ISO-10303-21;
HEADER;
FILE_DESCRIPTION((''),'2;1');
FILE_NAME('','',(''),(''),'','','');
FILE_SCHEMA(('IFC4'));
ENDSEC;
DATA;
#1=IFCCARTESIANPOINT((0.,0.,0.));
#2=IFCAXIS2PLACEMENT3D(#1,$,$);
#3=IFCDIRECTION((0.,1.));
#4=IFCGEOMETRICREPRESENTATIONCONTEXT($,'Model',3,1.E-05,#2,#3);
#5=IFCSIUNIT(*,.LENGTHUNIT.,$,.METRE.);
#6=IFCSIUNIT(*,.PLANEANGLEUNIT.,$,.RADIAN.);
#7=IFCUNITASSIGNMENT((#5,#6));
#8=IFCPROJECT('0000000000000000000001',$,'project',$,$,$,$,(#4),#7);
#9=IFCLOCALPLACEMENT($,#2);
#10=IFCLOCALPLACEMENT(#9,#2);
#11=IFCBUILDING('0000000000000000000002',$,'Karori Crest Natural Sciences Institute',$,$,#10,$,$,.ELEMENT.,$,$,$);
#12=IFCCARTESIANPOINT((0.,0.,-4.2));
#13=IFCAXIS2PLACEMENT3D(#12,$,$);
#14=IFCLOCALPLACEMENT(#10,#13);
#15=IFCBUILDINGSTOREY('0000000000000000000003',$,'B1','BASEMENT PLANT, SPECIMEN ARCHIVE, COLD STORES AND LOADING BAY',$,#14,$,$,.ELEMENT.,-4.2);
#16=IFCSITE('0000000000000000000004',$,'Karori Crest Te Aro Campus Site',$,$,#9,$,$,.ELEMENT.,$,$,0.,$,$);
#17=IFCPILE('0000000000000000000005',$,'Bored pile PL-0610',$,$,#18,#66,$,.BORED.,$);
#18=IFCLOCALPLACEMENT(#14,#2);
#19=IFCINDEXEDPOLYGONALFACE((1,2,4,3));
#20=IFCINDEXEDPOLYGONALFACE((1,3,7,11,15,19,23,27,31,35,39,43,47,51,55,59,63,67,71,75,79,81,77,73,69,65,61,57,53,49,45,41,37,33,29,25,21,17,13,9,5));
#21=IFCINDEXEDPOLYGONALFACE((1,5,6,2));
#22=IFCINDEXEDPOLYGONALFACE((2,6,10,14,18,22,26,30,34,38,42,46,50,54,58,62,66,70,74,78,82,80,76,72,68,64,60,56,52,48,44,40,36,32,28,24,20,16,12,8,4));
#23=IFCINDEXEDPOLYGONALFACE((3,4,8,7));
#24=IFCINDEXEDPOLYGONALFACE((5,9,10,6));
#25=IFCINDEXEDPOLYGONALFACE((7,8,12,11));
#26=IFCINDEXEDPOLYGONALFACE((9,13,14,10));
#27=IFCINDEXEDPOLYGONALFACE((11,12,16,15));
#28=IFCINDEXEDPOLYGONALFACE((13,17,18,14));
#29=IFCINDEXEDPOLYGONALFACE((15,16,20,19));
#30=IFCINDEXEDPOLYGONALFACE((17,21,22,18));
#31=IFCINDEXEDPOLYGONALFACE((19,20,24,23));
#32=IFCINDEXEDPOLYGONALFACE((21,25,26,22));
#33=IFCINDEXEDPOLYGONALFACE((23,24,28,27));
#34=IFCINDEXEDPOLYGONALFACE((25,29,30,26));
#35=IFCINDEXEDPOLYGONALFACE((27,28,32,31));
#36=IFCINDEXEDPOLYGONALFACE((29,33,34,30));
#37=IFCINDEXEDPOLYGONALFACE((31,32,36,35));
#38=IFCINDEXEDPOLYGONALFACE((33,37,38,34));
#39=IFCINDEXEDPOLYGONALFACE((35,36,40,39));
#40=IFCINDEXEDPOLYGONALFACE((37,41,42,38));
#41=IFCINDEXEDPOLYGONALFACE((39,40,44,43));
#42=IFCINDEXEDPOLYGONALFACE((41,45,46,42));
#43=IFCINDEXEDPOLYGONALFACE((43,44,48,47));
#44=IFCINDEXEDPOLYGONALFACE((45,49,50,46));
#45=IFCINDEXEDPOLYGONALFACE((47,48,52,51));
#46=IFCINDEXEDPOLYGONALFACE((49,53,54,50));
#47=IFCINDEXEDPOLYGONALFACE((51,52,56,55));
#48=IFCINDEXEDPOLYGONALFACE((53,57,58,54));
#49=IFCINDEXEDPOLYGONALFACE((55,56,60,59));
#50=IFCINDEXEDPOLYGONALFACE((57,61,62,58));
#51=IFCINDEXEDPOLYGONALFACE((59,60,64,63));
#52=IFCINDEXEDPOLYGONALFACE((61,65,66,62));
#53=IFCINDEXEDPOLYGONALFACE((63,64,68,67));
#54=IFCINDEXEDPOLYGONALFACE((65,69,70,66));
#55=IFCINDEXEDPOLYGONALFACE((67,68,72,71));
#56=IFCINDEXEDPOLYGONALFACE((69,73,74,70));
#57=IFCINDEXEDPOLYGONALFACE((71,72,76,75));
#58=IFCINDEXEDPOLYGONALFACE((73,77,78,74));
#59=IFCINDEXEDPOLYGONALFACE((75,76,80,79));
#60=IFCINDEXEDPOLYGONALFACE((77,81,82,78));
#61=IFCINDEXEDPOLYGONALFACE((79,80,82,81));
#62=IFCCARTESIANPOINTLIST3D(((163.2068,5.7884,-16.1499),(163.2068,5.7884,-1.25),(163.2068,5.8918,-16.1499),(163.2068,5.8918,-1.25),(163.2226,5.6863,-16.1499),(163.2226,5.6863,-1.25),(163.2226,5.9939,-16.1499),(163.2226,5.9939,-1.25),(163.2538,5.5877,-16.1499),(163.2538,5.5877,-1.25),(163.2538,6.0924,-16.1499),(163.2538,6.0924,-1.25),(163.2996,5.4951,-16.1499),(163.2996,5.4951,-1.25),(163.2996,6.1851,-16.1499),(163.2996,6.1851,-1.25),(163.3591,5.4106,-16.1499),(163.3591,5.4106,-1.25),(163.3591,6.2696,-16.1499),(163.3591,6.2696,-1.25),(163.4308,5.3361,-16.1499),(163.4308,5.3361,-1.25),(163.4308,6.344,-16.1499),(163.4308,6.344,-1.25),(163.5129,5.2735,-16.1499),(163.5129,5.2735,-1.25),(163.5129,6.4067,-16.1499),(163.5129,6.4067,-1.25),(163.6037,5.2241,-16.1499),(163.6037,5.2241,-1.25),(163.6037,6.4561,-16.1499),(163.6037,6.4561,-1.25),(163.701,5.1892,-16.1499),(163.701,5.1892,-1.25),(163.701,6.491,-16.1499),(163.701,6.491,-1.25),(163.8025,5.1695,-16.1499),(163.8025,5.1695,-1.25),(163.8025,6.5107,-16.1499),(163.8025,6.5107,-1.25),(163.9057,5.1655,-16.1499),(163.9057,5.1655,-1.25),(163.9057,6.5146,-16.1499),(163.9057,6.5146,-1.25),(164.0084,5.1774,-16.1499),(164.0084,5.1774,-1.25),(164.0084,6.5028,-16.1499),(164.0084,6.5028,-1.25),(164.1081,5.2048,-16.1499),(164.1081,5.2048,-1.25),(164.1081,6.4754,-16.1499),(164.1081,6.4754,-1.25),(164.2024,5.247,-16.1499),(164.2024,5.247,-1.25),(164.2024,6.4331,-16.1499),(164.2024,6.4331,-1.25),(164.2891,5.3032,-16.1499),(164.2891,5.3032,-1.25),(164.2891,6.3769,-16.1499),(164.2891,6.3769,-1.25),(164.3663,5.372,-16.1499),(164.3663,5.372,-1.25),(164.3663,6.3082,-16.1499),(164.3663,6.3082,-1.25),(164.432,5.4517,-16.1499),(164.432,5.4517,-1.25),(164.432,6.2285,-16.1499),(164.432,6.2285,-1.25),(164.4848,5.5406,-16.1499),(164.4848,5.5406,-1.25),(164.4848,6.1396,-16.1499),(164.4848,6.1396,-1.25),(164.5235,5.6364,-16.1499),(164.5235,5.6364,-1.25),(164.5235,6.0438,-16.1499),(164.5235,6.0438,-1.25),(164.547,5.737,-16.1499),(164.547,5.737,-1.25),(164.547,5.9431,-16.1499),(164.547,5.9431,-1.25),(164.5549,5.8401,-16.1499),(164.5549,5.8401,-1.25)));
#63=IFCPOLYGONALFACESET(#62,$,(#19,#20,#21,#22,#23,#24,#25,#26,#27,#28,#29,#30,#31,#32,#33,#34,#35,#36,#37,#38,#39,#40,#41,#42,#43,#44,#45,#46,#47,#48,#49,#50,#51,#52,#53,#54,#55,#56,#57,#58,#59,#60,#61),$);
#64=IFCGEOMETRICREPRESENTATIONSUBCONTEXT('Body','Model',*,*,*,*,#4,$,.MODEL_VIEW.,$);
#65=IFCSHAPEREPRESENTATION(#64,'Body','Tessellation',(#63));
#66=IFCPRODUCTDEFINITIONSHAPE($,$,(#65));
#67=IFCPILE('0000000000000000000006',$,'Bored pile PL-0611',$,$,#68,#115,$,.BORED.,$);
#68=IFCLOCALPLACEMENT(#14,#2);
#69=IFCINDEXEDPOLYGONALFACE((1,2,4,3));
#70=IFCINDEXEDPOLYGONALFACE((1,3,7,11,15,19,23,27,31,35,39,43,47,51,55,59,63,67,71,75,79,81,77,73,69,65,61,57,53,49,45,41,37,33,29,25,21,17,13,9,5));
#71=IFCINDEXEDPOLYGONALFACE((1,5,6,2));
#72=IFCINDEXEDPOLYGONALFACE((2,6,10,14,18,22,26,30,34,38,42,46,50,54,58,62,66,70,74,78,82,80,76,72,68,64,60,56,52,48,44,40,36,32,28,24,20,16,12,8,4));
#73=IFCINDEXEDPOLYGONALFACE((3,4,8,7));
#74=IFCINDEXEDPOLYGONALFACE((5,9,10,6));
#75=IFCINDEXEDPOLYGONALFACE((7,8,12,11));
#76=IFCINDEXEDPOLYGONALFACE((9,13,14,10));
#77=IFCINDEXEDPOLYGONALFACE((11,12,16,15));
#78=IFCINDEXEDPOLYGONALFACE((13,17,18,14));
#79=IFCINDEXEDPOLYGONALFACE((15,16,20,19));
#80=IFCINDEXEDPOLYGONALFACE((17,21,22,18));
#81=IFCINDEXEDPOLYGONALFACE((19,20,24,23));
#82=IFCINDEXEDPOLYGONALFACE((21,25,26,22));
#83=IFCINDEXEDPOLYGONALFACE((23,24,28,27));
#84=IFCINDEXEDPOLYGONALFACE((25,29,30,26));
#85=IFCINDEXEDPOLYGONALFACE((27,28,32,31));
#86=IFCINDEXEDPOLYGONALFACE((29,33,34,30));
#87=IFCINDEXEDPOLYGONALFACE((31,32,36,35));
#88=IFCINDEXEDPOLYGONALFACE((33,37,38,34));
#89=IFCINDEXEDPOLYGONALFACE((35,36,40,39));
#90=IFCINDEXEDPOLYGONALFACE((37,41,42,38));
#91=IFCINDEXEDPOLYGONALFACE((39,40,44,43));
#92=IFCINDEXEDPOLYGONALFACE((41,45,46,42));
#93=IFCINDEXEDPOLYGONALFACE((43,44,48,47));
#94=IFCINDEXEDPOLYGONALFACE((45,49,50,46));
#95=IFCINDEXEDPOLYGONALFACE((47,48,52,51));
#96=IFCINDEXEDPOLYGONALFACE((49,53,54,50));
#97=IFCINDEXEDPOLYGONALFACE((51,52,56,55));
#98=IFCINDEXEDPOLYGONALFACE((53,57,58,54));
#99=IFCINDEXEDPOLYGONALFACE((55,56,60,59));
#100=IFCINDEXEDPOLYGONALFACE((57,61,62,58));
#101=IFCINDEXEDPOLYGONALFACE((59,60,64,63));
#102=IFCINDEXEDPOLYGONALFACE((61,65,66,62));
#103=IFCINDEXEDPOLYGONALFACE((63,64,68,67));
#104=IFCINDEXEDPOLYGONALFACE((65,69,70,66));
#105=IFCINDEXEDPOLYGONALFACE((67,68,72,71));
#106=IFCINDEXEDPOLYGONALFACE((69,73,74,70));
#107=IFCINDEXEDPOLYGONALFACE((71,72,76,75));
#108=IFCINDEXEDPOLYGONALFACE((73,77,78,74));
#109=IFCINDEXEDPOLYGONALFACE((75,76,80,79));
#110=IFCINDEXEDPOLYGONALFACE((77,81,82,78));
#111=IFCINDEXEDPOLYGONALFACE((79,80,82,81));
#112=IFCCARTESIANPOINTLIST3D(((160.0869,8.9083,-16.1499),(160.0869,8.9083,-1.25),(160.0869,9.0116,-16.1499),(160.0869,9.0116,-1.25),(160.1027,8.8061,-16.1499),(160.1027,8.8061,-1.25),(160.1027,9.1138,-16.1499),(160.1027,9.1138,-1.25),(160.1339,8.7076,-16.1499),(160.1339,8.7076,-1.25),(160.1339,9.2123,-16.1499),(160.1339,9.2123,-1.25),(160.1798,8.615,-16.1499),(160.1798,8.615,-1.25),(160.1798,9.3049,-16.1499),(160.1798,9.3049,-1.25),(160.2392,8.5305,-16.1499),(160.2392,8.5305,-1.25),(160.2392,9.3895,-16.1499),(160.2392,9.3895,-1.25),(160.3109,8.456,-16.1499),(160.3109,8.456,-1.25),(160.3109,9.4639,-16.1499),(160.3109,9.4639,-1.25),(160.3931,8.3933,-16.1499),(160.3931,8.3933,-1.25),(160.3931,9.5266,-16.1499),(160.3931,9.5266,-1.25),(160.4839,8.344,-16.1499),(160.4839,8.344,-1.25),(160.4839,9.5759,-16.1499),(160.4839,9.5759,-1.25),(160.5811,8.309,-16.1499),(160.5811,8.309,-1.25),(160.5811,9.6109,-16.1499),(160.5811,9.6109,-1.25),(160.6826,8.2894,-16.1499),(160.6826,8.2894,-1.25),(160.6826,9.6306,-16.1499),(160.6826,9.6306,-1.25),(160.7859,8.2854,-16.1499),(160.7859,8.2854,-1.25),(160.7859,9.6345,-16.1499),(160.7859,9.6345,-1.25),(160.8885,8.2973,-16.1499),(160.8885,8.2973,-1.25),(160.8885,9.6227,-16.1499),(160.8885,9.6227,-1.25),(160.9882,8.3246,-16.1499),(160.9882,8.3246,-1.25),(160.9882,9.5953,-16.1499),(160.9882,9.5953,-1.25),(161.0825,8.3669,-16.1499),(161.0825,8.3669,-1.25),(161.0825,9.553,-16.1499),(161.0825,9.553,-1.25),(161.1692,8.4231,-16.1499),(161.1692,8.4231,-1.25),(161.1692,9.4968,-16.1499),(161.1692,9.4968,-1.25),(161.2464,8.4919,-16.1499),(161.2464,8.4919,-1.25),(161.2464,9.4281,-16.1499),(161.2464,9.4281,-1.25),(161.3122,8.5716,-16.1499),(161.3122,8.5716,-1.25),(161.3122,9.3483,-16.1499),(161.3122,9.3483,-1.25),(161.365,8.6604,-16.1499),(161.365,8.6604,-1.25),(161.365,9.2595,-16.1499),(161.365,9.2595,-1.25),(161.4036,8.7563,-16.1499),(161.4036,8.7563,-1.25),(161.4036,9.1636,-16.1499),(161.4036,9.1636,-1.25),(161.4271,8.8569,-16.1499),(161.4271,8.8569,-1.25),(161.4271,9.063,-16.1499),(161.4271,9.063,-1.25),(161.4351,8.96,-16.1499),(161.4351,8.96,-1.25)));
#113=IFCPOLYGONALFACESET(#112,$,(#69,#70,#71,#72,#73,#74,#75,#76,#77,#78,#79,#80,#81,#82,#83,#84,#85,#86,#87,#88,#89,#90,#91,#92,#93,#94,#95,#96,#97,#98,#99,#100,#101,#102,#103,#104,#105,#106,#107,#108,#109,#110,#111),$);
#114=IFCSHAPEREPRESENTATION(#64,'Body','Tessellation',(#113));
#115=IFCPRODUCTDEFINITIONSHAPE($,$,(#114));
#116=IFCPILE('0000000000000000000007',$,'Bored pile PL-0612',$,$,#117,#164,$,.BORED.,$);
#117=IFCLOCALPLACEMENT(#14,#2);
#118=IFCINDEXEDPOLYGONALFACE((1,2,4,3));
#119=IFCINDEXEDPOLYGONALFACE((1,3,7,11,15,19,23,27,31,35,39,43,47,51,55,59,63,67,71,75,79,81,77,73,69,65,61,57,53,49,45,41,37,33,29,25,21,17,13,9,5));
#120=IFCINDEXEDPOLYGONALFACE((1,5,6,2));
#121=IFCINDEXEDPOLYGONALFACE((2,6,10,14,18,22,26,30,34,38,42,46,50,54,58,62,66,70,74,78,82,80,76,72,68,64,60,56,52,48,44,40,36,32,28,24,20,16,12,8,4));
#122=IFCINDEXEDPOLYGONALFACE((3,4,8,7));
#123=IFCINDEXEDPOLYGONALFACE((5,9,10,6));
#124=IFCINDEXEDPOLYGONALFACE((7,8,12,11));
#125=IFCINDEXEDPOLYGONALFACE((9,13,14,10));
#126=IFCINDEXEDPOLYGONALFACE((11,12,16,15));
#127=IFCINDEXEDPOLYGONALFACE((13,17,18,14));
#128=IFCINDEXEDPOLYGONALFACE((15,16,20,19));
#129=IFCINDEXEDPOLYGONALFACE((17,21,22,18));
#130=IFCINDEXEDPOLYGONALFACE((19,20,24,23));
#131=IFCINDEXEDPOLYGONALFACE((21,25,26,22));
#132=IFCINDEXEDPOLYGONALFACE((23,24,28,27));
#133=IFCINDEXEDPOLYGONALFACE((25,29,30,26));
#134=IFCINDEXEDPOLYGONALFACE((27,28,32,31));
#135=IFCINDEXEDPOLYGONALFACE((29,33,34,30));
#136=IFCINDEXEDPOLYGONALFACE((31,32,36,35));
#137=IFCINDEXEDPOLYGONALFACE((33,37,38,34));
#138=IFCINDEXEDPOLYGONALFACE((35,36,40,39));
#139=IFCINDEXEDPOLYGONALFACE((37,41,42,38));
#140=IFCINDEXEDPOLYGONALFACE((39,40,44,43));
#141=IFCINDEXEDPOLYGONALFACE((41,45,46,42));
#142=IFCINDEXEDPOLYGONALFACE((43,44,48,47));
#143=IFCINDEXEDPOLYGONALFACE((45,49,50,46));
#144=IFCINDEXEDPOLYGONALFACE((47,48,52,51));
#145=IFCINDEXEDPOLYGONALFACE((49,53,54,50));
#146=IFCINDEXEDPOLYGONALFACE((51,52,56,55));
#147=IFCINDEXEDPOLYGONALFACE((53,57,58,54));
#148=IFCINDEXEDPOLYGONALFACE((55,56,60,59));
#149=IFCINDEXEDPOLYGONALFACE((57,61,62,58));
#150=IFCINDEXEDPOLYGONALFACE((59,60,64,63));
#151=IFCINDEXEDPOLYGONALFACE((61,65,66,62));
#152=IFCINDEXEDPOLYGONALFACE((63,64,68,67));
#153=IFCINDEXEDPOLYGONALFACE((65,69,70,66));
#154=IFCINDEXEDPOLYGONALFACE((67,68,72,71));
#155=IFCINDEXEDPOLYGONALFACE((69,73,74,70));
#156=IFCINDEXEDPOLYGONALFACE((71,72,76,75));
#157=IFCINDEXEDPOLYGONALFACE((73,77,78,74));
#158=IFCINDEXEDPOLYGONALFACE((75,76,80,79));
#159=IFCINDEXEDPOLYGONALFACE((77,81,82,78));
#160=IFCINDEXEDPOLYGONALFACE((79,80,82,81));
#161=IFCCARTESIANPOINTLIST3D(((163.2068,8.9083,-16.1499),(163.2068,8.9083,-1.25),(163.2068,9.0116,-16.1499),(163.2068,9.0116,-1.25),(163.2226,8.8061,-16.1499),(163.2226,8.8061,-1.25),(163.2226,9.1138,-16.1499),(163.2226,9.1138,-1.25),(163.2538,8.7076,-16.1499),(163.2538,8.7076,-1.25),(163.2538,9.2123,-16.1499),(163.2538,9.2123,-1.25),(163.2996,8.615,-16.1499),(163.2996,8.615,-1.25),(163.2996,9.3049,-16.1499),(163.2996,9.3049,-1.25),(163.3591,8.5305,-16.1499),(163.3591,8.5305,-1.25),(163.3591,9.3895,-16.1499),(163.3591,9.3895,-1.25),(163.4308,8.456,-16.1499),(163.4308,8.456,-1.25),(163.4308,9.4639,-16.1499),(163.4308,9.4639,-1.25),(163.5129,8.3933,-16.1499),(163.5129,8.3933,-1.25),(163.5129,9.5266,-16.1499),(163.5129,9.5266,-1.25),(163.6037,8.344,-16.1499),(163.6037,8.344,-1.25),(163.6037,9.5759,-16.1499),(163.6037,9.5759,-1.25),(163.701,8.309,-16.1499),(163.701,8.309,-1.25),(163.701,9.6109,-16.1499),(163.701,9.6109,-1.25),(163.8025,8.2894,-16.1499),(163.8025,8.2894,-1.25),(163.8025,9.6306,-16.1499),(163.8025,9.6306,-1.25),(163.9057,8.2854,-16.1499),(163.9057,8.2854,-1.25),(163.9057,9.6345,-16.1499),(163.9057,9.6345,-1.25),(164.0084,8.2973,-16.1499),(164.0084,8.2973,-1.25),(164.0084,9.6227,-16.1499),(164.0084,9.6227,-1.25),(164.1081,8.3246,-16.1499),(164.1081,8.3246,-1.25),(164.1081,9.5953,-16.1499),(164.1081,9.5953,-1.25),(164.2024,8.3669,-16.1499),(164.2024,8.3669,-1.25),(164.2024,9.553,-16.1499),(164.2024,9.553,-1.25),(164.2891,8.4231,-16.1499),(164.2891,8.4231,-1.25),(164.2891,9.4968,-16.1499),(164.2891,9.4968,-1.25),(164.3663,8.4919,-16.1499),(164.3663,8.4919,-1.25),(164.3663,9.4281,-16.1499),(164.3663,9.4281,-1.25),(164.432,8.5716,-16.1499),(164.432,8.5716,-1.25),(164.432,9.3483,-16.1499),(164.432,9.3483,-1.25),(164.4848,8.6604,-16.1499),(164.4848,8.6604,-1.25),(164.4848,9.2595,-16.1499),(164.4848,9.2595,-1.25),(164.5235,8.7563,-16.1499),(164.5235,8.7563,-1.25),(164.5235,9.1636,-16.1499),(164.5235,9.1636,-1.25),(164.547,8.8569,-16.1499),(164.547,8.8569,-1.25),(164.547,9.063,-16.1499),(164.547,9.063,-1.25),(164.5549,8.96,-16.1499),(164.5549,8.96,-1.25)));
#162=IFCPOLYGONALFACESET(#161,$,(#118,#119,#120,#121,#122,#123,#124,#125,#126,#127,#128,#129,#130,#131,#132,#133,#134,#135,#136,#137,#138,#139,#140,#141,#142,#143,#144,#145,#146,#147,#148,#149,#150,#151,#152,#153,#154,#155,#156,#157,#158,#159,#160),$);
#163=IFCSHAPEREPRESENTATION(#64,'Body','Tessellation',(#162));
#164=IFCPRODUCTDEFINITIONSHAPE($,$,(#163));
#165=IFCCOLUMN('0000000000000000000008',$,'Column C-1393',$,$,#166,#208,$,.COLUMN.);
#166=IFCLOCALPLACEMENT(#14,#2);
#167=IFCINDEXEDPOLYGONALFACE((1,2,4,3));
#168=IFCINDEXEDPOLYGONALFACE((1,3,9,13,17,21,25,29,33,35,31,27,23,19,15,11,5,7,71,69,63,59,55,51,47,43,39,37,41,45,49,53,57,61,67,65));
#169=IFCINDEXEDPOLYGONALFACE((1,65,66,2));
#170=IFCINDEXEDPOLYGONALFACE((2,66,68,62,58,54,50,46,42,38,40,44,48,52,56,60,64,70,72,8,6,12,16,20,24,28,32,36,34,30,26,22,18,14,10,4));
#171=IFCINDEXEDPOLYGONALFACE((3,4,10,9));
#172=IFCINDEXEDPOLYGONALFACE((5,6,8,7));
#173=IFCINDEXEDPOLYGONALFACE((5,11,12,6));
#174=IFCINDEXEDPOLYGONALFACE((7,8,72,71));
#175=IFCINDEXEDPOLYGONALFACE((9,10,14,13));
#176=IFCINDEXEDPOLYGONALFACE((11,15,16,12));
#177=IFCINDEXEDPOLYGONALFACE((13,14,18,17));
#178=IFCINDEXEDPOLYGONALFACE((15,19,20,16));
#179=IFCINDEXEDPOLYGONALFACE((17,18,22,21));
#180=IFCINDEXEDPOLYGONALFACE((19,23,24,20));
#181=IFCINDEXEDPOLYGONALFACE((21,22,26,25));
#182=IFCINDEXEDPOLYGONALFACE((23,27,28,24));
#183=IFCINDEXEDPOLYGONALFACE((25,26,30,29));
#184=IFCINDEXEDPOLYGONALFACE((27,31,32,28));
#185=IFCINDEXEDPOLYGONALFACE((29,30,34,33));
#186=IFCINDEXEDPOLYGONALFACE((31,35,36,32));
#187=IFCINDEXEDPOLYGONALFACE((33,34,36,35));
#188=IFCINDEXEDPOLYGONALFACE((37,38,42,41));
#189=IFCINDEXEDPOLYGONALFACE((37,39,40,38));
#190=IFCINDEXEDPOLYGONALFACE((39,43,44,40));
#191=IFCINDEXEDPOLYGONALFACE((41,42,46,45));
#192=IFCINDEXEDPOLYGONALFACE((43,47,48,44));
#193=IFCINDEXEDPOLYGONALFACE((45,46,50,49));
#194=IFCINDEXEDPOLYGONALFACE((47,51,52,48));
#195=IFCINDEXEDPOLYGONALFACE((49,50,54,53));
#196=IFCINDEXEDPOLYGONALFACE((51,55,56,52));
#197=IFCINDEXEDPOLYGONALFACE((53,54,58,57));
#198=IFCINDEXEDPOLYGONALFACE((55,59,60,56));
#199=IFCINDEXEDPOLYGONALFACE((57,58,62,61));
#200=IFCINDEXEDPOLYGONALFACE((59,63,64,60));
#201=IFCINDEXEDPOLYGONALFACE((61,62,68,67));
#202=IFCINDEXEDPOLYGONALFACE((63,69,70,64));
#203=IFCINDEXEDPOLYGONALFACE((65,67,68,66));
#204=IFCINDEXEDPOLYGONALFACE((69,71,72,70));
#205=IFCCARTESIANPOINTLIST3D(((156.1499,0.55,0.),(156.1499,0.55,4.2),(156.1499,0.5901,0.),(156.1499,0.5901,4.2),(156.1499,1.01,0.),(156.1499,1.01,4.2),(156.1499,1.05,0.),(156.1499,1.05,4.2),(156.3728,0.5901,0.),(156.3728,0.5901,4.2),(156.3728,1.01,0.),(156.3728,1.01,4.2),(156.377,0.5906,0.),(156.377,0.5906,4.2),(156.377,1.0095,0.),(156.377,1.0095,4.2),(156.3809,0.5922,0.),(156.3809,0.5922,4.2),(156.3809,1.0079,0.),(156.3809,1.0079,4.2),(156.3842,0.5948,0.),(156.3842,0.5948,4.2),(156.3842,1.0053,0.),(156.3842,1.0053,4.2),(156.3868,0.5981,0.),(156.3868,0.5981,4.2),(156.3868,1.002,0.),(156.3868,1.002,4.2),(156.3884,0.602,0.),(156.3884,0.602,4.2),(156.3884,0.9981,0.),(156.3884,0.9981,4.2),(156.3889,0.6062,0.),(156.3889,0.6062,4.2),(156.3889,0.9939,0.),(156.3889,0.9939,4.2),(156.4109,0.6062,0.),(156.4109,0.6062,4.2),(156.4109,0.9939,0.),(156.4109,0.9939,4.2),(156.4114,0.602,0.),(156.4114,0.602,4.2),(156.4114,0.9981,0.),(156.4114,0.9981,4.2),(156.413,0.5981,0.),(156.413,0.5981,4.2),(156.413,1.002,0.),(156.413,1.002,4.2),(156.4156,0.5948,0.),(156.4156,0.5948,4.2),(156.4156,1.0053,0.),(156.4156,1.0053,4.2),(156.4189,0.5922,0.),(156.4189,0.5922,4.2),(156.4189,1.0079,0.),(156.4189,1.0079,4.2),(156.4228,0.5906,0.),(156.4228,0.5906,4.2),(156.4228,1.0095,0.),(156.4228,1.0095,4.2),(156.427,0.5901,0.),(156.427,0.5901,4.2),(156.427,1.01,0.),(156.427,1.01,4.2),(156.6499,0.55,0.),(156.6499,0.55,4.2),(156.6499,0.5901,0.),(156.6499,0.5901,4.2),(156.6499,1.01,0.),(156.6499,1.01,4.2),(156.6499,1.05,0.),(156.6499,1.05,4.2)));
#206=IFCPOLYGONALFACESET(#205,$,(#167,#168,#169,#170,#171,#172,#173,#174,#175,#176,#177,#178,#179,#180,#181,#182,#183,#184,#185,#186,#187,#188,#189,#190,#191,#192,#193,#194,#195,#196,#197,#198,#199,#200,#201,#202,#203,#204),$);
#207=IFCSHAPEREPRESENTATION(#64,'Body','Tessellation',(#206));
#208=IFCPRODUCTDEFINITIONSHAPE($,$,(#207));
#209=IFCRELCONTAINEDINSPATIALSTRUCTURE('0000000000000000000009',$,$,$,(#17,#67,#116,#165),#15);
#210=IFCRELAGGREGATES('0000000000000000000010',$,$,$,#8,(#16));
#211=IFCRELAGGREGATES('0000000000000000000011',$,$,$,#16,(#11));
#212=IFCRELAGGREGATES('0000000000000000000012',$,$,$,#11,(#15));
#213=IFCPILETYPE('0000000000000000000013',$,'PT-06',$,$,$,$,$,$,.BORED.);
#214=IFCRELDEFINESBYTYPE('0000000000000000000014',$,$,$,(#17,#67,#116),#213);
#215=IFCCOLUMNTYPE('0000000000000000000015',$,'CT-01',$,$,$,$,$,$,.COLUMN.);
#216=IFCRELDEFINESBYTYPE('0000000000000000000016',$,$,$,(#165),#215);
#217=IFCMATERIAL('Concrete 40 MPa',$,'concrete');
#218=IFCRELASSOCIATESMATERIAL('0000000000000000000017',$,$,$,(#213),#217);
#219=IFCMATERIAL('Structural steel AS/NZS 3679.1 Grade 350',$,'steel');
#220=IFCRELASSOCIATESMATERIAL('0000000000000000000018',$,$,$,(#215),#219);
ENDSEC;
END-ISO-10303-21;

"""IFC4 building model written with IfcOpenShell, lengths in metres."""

from ifc_helpers import new_model, si_unit, direction, frame, origin, origin_2d, place, context, subcontext, project, spatial, circle, i_section, extrude, material, material_profile, profile_set, type_object, element, save


model = new_model("IFC4")

# Units and contexts
model_context = context("Model", 3, precision=1e-05, world=origin(), true_north=direction((0.0, 1.0)))
body_context = subcontext(model_context, "Body", "Model", "MODEL_VIEW")
ifc_project = project(units=[si_unit("LENGTHUNIT", "METRE"), si_unit("PLANEANGLEUNIT", "RADIAN")], contexts=[model_context])

# Site, building, storey
site_placement = place(None, origin())
site = spatial("IfcSite", under=ifc_project, at=site_placement, Name="Karori Crest Te Aro Campus Site", CompositionType="ELEMENT", RefElevation=0.0)
building_placement = place(site_placement, origin())
building = spatial("IfcBuilding", under=site, at=building_placement, Name="Karori Crest Natural Sciences Institute", CompositionType="ELEMENT")
storey_placement = place(building_placement, frame((0.0, 0.0, -4.2)))
storey = spatial("IfcBuildingStorey", under=building, at=storey_placement, Name="B1", Description="BASEMENT PLANT, SPECIMEN ARCHIVE, COLD STORES AND LOADING BAY", CompositionType="ELEMENT", Elevation=-4.2)

# Shared definitions
ifc_material_1 = material(Name="Concrete 40 MPa", Category="concrete")

# Piles
ifc_material_profile_1 = material_profile(ifc_material_1, circle(Radius=0.675, at=origin_2d()), Name="PILE1350")
ifc_profile_set_1 = profile_set([ifc_material_profile_1], Name="Concrete 40 MPa")
pile_type = type_object("IfcPileType", Name="PT-06", PredefinedType="BORED", material=ifc_profile_set_1)
for number, where, z_axis, x_axis, name in (
    (1, (163.8799, 5.8401, -1.25), (0.0, 0.0, -1.0), (1.0, 0.0, 0.0), "Bored pile PL-0610"),
    (2, (160.76, 8.96, -1.25), (0.0, 0.0, -1.0), (1.0, 0.0, 0.0), "Bored pile PL-0611"),
    (3, (163.8799, 8.96, -1.25), (0.0, 0.0, -1.0), (1.0, 0.0, 0.0), "Bored pile PL-0612"),
):
    element("IfcPile", number, at=place(storey_placement, frame(where, z_axis=z_axis, x_axis=x_axis)), inside=storey, type_object=pile_type, Name=name, PredefinedType="BORED", context=body_context, shape_type="SweptSolid", body=[
        extrude(circle(Radius=0.675, at=origin_2d()), origin(), (0.0, 0.0, 1.0), 14.8999),
    ])

# Column
ifc_material_2 = material(Name="Structural steel AS/NZS 3679.1 Grade 350", Category="steel")
ifc_material_profile_2 = material_profile(ifc_material_2, i_section(OverallWidth=0.5, OverallDepth=0.5, WebThickness=0.022, FlangeThickness=0.04, FilletRadius=0.0161, at=origin_2d()), Name="500WC440")
ifc_profile_set_2 = profile_set([ifc_material_profile_2], Name="Structural steel AS/NZS 3679.1 Grade 350")
column_type = type_object("IfcColumnType", Name="CT-01", PredefinedType="COLUMN", material=ifc_profile_set_2)
for number, where, z_axis, x_axis, name in (
    (4, (156.3999, 0.8, 0.0), (0.0, 0.0, 1.0), (1.0, 0.0, 0.0), "Column C-1393"),
):
    element("IfcColumn", number, at=place(storey_placement, frame(where, z_axis=z_axis, x_axis=x_axis)), inside=storey, type_object=column_type, Name=name, PredefinedType="COLUMN", context=body_context, shape_type="SweptSolid", body=[
        extrude(i_section(OverallWidth=0.5, OverallDepth=0.5, WebThickness=0.022, FlangeThickness=0.04, FilletRadius=0.0161, at=origin_2d()), origin(), (0.0, 0.0, 1.0), 4.2),
    ])

save(model, "model.ifc")
